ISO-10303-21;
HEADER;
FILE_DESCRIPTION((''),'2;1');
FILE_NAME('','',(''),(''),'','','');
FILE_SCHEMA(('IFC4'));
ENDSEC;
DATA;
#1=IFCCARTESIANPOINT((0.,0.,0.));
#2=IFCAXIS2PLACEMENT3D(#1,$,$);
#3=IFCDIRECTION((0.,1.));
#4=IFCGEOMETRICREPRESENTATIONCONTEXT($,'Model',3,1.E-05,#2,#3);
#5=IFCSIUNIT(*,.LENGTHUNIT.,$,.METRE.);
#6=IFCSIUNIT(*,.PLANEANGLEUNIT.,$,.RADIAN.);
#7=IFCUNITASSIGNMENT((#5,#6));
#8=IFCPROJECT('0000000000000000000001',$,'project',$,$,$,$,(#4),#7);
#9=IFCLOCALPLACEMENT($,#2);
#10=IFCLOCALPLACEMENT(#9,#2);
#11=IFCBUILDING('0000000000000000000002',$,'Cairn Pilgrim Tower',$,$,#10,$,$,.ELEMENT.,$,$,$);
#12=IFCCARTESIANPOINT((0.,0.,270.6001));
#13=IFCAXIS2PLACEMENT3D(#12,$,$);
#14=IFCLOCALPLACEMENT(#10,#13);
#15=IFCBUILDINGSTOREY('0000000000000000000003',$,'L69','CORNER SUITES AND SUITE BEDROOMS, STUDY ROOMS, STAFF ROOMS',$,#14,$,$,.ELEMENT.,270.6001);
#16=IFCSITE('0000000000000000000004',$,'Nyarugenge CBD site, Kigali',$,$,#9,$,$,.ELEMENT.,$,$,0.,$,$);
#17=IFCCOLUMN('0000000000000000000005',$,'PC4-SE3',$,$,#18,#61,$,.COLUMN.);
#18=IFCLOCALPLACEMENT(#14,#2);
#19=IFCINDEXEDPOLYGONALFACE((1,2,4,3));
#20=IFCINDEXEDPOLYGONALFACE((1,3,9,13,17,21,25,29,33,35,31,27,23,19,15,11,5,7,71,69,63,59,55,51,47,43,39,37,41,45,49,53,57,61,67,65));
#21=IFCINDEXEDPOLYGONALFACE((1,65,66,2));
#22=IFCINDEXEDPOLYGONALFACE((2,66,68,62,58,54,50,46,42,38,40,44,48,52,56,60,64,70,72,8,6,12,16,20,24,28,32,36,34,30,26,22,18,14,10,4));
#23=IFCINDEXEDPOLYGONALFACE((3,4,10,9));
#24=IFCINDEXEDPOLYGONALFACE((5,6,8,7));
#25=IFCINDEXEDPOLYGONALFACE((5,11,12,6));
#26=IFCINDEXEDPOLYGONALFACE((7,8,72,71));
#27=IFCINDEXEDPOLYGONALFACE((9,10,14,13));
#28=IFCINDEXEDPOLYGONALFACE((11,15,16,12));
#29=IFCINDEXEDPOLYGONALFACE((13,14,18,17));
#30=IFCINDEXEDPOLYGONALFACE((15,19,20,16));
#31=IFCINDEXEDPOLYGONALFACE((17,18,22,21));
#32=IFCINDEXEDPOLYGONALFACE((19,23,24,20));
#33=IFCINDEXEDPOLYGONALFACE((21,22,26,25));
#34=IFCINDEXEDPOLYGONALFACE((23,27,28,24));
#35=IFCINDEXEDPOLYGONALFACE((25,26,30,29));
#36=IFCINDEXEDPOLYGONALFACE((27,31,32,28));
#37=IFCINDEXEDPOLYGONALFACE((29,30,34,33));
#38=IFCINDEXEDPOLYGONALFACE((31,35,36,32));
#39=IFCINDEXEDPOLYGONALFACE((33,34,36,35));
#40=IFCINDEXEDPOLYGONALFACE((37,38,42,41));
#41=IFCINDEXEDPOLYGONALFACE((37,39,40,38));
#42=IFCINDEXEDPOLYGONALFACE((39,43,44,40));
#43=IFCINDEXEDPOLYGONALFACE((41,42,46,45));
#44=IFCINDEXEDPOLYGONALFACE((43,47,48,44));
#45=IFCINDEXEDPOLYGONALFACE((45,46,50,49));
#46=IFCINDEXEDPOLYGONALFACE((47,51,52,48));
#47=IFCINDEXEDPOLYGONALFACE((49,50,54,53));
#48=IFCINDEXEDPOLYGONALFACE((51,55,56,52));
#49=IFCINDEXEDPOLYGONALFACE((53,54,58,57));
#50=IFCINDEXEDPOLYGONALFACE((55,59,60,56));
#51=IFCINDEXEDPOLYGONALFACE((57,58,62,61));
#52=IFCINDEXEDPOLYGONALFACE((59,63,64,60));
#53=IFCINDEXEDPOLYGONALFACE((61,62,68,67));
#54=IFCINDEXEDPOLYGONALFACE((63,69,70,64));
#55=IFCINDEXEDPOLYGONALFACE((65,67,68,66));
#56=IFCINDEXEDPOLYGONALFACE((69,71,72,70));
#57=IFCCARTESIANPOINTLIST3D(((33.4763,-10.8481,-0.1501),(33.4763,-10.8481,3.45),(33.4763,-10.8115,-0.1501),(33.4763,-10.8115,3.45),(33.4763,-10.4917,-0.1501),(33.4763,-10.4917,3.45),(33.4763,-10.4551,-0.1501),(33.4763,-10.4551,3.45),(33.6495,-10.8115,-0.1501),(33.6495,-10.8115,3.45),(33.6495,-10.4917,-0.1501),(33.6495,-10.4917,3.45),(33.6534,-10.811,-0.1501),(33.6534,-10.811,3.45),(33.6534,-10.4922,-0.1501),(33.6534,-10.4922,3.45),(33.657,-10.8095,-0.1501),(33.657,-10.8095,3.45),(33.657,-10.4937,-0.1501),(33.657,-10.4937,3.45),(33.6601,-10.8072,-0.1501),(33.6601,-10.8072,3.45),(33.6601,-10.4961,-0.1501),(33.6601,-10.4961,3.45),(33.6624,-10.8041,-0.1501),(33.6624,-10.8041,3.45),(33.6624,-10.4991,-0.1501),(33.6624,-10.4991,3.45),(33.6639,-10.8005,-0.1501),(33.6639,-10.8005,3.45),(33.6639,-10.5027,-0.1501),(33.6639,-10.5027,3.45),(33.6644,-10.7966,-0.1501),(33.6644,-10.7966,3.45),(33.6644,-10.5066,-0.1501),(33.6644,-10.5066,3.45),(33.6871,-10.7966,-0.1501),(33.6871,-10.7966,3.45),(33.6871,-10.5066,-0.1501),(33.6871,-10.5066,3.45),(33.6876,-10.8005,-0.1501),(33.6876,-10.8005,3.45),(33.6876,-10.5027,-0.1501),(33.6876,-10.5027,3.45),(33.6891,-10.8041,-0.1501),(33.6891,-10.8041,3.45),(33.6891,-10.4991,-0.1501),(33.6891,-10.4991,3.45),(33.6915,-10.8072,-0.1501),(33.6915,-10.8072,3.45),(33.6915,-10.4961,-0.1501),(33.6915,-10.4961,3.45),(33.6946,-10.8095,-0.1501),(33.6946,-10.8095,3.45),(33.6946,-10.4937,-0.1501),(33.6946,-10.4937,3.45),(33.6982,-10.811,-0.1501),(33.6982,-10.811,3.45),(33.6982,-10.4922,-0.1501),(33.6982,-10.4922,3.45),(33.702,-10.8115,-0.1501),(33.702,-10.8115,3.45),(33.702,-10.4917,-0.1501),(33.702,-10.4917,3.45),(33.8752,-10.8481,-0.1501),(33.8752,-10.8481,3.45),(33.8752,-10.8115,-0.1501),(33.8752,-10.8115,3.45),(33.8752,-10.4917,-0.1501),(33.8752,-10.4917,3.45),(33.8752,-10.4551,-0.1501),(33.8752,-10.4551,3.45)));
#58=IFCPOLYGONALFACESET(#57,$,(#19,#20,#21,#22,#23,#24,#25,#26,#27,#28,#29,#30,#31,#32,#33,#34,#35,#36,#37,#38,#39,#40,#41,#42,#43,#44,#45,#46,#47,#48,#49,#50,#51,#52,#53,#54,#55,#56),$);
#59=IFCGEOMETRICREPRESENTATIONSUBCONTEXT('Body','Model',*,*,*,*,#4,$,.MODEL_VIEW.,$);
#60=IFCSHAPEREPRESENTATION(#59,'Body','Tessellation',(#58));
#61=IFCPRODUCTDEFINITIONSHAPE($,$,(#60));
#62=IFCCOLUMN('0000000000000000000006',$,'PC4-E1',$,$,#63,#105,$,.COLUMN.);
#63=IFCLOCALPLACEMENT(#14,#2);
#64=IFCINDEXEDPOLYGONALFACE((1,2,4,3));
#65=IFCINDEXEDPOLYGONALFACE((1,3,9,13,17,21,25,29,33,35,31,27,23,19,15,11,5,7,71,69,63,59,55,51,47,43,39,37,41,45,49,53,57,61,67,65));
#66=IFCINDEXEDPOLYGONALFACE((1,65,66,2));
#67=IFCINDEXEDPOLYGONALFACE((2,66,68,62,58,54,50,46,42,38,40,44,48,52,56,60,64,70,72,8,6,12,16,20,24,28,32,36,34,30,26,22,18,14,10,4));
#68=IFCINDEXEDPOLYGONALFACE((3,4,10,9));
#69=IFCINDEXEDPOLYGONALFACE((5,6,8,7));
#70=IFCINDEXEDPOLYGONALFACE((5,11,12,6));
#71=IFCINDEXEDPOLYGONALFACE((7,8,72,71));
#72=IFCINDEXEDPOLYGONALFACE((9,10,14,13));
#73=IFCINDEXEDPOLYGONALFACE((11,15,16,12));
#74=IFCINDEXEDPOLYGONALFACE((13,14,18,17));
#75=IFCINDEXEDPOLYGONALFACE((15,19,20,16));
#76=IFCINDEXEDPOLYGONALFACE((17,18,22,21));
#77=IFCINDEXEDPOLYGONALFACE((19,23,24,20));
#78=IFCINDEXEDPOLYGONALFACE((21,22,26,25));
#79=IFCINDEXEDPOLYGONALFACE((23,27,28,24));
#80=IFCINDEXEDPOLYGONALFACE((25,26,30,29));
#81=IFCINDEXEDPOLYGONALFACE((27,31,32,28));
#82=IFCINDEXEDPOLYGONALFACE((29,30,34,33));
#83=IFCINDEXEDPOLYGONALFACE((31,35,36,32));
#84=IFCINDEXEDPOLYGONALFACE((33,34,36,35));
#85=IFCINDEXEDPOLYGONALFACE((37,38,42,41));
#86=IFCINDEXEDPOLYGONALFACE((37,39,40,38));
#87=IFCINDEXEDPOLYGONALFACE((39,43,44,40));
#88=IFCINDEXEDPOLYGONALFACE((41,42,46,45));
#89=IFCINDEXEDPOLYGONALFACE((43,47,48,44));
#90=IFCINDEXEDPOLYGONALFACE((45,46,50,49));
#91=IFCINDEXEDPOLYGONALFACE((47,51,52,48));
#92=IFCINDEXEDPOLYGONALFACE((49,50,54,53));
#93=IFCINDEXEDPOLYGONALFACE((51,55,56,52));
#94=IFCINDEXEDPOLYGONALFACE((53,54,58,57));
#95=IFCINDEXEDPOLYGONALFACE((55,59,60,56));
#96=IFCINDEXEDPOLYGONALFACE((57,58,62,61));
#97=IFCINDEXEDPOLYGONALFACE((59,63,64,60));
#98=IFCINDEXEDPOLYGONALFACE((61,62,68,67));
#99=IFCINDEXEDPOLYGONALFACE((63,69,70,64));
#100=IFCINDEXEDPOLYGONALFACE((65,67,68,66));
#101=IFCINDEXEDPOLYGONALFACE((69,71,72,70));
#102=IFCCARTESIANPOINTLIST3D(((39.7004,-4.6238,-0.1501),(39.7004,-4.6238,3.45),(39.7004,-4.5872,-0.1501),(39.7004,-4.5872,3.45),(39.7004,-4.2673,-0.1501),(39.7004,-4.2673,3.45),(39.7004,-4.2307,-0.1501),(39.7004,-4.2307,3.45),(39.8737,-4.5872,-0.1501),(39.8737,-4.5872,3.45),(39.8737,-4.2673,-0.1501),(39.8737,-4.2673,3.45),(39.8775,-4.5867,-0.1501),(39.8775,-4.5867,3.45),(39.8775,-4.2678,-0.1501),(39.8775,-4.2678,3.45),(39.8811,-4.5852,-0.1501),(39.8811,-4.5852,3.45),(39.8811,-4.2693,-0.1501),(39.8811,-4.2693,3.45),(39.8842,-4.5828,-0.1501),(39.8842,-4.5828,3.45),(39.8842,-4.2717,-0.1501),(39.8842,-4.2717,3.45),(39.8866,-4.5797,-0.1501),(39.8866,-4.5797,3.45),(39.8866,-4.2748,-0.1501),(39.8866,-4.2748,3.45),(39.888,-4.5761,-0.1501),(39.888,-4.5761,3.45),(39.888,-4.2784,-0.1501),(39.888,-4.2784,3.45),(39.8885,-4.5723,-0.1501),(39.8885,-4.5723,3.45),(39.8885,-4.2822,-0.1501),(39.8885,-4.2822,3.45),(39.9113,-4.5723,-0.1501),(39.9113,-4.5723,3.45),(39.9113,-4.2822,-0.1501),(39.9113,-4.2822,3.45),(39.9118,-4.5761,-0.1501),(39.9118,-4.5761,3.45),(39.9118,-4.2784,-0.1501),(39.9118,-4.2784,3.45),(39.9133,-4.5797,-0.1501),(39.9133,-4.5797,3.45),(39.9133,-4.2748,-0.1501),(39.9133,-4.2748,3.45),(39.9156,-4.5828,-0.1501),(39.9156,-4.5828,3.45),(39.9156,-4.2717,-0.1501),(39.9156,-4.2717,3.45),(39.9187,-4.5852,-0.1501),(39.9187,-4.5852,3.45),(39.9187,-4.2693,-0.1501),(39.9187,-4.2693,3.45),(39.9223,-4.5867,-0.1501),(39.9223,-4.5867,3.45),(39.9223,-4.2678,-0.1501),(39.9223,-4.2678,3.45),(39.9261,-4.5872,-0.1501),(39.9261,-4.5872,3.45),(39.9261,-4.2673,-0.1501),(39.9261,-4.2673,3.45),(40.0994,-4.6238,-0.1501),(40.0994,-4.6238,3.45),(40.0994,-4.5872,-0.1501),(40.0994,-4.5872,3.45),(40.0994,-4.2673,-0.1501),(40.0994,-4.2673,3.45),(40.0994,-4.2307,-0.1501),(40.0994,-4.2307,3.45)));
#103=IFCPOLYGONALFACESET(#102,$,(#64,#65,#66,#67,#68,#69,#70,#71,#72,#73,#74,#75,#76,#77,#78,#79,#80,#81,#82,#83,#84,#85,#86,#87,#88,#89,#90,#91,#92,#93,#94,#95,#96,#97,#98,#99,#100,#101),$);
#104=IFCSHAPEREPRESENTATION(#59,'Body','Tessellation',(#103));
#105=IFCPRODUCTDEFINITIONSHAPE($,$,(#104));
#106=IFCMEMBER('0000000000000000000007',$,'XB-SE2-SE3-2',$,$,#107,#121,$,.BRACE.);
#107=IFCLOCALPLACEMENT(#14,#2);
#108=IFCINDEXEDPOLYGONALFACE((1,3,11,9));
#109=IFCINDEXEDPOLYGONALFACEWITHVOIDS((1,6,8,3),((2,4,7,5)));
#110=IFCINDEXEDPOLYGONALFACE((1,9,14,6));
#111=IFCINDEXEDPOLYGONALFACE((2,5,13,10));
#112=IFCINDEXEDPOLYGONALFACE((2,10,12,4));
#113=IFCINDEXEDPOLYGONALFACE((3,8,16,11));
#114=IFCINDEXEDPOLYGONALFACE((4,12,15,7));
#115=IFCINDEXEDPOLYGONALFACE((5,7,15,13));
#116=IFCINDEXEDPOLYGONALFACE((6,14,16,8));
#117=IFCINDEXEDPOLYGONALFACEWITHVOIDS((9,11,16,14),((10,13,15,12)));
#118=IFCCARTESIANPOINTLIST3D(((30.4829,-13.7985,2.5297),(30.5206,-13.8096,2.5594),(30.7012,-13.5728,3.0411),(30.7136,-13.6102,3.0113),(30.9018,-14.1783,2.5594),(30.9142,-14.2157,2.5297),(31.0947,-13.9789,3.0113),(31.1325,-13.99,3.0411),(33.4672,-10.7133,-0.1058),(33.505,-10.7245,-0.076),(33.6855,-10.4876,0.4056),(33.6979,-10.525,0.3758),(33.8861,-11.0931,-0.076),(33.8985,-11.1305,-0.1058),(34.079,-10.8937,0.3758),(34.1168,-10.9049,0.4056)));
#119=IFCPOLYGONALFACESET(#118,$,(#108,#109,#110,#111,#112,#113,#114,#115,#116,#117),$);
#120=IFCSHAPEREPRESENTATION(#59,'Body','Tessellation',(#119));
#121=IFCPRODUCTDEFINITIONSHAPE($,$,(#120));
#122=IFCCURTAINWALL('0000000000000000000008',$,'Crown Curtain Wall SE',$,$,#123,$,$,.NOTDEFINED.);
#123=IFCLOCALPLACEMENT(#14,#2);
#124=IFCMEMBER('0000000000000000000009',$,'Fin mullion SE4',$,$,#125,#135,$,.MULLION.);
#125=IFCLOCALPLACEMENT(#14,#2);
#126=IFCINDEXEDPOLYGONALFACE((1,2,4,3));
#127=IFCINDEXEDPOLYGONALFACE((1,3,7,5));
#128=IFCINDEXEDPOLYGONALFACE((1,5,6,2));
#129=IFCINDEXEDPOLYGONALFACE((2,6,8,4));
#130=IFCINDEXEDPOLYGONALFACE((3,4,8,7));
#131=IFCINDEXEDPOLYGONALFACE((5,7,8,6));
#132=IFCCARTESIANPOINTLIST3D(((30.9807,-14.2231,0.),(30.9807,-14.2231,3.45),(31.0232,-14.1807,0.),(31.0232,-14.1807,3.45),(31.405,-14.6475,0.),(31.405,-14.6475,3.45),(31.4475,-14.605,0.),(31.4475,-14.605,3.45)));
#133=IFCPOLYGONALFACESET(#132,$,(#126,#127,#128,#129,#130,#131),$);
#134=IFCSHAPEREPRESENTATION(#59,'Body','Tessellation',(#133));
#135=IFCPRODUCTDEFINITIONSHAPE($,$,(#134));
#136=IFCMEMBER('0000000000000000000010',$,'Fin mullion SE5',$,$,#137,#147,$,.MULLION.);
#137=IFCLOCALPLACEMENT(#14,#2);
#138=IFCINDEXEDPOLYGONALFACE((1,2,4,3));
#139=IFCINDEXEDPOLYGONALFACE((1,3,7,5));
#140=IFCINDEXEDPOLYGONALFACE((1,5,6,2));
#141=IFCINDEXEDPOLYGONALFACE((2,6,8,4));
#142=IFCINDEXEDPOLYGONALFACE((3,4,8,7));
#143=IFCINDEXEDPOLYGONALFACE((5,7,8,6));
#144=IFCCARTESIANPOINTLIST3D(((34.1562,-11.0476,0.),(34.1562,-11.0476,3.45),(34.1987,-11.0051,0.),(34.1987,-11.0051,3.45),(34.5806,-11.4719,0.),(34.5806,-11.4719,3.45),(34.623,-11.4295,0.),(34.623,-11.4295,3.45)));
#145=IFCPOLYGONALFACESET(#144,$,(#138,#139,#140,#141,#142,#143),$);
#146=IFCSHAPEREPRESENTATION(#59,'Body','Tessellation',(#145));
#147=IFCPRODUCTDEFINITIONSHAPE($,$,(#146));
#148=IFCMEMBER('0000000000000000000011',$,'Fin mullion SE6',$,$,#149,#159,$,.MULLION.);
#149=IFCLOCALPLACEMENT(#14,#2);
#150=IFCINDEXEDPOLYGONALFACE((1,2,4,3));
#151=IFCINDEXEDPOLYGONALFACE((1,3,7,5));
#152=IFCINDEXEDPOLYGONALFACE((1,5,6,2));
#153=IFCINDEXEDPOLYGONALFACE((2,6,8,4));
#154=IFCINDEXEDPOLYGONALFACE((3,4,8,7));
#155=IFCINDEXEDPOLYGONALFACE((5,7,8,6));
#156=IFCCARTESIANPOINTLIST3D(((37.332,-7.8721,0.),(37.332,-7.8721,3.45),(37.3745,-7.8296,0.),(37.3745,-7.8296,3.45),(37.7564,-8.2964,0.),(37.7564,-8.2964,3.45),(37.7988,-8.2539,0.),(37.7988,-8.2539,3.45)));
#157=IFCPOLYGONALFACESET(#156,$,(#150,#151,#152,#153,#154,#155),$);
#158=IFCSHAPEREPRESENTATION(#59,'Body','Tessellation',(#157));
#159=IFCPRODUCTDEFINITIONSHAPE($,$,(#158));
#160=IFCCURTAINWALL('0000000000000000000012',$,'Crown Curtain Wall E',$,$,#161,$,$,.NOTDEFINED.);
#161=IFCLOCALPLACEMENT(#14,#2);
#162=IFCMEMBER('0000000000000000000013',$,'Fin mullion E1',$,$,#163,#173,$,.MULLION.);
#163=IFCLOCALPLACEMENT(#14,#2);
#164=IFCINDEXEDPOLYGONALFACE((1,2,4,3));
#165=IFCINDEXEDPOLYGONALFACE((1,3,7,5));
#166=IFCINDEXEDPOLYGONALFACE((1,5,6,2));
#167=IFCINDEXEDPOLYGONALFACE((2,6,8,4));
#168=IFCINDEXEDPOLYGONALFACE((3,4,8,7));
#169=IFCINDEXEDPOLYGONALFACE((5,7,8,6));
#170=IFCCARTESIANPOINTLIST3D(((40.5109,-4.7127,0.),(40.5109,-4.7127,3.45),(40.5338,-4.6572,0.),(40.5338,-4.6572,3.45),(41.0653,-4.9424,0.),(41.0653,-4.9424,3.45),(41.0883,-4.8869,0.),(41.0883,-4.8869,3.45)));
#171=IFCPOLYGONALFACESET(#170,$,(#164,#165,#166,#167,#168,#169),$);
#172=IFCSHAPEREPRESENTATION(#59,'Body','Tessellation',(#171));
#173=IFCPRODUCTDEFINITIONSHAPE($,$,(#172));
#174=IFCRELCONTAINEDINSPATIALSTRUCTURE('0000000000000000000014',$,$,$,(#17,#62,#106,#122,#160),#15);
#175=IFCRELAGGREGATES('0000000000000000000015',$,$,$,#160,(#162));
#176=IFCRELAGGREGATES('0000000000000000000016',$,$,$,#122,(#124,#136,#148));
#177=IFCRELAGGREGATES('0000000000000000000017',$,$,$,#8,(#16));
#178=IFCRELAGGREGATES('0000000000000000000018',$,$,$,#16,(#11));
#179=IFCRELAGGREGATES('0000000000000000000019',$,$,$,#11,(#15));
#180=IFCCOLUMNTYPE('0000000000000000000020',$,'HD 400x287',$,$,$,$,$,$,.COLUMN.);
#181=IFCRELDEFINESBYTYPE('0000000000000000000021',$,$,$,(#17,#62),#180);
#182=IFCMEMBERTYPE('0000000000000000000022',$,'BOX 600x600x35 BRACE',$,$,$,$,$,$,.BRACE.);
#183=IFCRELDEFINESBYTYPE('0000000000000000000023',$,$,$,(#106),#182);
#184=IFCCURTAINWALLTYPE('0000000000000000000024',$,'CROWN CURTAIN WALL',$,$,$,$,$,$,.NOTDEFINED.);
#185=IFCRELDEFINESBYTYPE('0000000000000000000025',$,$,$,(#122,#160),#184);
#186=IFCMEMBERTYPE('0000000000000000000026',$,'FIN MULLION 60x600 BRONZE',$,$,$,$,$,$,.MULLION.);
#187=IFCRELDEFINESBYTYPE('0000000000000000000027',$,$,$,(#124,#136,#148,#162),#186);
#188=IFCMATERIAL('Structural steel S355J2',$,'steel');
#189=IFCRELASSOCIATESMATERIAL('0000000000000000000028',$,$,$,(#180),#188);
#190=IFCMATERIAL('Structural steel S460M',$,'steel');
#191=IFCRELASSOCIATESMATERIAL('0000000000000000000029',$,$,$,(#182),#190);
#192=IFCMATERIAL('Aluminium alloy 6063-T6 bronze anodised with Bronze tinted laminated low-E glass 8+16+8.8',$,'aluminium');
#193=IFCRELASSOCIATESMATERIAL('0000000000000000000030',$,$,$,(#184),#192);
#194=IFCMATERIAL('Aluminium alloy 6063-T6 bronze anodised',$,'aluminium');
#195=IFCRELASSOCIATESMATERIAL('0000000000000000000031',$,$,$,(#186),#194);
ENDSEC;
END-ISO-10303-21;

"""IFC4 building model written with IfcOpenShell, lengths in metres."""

from ifc_helpers import new_model, si_unit, direction, frame, origin, origin_2d, place, context, subcontext, project, spatial, rectangle, hollow_rectangle, i_section, extrude, material, material_profile, profile_set, type_object, element, aggregate, save


model = new_model("IFC4")

# Units and contexts
model_context = context("Model", 3, precision=1e-05, world=origin(), true_north=direction((0.0, 1.0)))
body_context = subcontext(model_context, "Body", "Model", "MODEL_VIEW")
ifc_project = project(units=[si_unit("LENGTHUNIT", "METRE"), si_unit("PLANEANGLEUNIT", "RADIAN")], contexts=[model_context])

# Site, building, storey
site_placement = place(None, origin())
site = spatial("IfcSite", under=ifc_project, at=site_placement, Name="Nyarugenge CBD site, Kigali", CompositionType="ELEMENT", RefElevation=0.0)
building_placement = place(site_placement, origin())
building = spatial("IfcBuilding", under=site, at=building_placement, Name="Cairn Pilgrim Tower", CompositionType="ELEMENT")
storey_placement = place(building_placement, frame((0.0, 0.0, 270.6001)))
storey = spatial("IfcBuildingStorey", under=building, at=storey_placement, Name="L69", Description="CORNER SUITES AND SUITE BEDROOMS, STUDY ROOMS, STAFF ROOMS", CompositionType="ELEMENT", Elevation=270.6001)

# Columns
ifc_material_1 = material(Name="Structural steel S355J2", Category="steel")
ifc_material_profile_1 = material_profile(ifc_material_1, i_section(OverallWidth=0.3989, OverallDepth=0.3931, WebThickness=0.0227, FlangeThickness=0.0366, FilletRadius=0.0149, at=origin_2d()), Name="HD 400x287")
ifc_profile_set_1 = profile_set([ifc_material_profile_1], Name="Structural steel S355J2")
column_type = type_object("IfcColumnType", Name="HD 400x287", PredefinedType="COLUMN", material=ifc_profile_set_1)
for number, where, z_axis, x_axis, name in (
    (1, (33.6758, -10.6516, -0.1501), (0.0, 0.0, 1.0), (1.0, 0.0, 0.0), "PC4-SE3"),
    (2, (39.8999, -4.4272, -0.1501), (0.0, 0.0, 1.0), (1.0, 0.0, 0.0), "PC4-E1"),
):
    element("IfcColumn", number, at=place(storey_placement, frame(where, z_axis=z_axis, x_axis=x_axis)), inside=storey, type_object=column_type, Name=name, PredefinedType="COLUMN", context=body_context, shape_type="SweptSolid", body=[
        extrude(i_section(OverallWidth=0.3989, OverallDepth=0.3931, WebThickness=0.0227, FlangeThickness=0.0366, FilletRadius=0.0149, at=origin_2d()), origin(), (0.0, 0.0, 1.0), 3.6001),
    ])

# Member
ifc_material_2 = material(Name="Structural steel S460M", Category="steel")
ifc_material_profile_2 = material_profile(ifc_material_2, hollow_rectangle(XDim=0.6001, YDim=0.6001, WallThickness=0.0349, at=origin_2d()), Name="BOX 600x600x35")
ifc_profile_set_2 = profile_set([ifc_material_profile_2], Name="Structural steel S460M")
member_type_1 = type_object("IfcMemberType", Name="BOX 600x600x35 BRACE", PredefinedType="BRACE", material=ifc_profile_set_2)
member_1_placement = place(storey_placement, frame((33.792, -10.8091, 0.1499), z_axis=(-0.592497, -0.612515, 0.523233), x_axis=(0.718754, -0.695264, 0.0)))
element("IfcMember", 3, at=member_1_placement, inside=storey, type_object=member_type_1, Name="XB-SE2-SE3-2", PredefinedType="BRACE", context=body_context, shape_type="SweptSolid", body=[
    extrude(hollow_rectangle(XDim=0.6001, YDim=0.6001, WallThickness=0.0349, at=origin_2d()), origin(), (0.0, 0.0, 1.0), 5.0369),
])

# Curtain wall, members
ifc_material_3 = material(Name="Aluminium alloy 6063-T6 bronze anodised with Bronze tinted laminated low-E glass 8+16+8.8", Category="aluminium")
curtain_wall_type = type_object("IfcCurtainWallType", Name="CROWN CURTAIN WALL", PredefinedType="NOTDEFINED", material=ifc_material_3)
curtain_wall_1_placement = place(storey_placement, origin())
curtain_wall_1 = element("IfcCurtainWall", 4, at=curtain_wall_1_placement, inside=storey, type_object=curtain_wall_type, Name="Crown Curtain Wall SE", PredefinedType="NOTDEFINED")
ifc_material_4 = material(Name="Aluminium alloy 6063-T6 bronze anodised", Category="aluminium")
ifc_material_profile_3 = material_profile(ifc_material_4, rectangle(XDim=0.6001, YDim=0.0601, at=origin_2d()), Name="FIN MULLION 60x600 BRONZE")
ifc_profile_set_3 = profile_set([ifc_material_profile_3], Name="Aluminium alloy 6063-T6 bronze anodised")
member_type_2 = type_object("IfcMemberType", Name="FIN MULLION 60x600 BRONZE", PredefinedType="MULLION", material=ifc_profile_set_3)
member_2_placement = place(storey_placement, frame((31.2141, -14.4141, 0.0), z_axis=(0.0, 0.0, 1.0), x_axis=(0.707107, -0.707107, 0.0)))
member_2 = element("IfcMember", 5, at=member_2_placement, type_object=member_type_2, Name="Fin mullion SE4", PredefinedType="MULLION", context=body_context, shape_type="SweptSolid", body=[
    extrude(rectangle(XDim=0.6001, YDim=0.0601, at=origin_2d()), origin(), (0.0, 0.0, 1.0), 3.45),
])
member_3_placement = place(storey_placement, frame((34.3896, -11.2385, 0.0), z_axis=(0.0, 0.0, 1.0), x_axis=(0.707107, -0.707107, 0.0)))
member_3 = element("IfcMember", 6, at=member_3_placement, type_object=member_type_2, Name="Fin mullion SE5", PredefinedType="MULLION", context=body_context, shape_type="SweptSolid", body=[
    extrude(rectangle(XDim=0.6001, YDim=0.0601, at=origin_2d()), origin(), (0.0, 0.0, 1.0), 3.45),
])
member_4_placement = place(storey_placement, frame((37.5654, -8.063, 0.0), z_axis=(0.0, 0.0, 1.0), x_axis=(0.707107, -0.707107, 0.0)))
member_4 = element("IfcMember", 7, at=member_4_placement, type_object=member_type_2, Name="Fin mullion SE6", PredefinedType="MULLION", context=body_context, shape_type="SweptSolid", body=[
    extrude(rectangle(XDim=0.6001, YDim=0.0601, at=origin_2d()), origin(), (0.0, 0.0, 1.0), 3.45),
])

# Curtain wall, member
curtain_wall_2_placement = place(storey_placement, origin())
curtain_wall_2 = element("IfcCurtainWall", 8, at=curtain_wall_2_placement, inside=storey, type_object=curtain_wall_type, Name="Crown Curtain Wall E", PredefinedType="NOTDEFINED")
member_5_placement = place(storey_placement, frame((40.7996, -4.7998, 0.0), z_axis=(0.0, 0.0, 1.0), x_axis=(0.92388, -0.382683, 0.0)))
member_5 = element("IfcMember", 9, at=member_5_placement, type_object=member_type_2, Name="Fin mullion E1", PredefinedType="MULLION", context=body_context, shape_type="SweptSolid", body=[
    extrude(rectangle(XDim=0.6001, YDim=0.0601, at=origin_2d()), origin(), (0.0, 0.0, 1.0), 3.45),
])
aggregate(curtain_wall_2, [member_5])

aggregate(curtain_wall_1, [member_2, member_3, member_4])

save(model, "model.ifc")
